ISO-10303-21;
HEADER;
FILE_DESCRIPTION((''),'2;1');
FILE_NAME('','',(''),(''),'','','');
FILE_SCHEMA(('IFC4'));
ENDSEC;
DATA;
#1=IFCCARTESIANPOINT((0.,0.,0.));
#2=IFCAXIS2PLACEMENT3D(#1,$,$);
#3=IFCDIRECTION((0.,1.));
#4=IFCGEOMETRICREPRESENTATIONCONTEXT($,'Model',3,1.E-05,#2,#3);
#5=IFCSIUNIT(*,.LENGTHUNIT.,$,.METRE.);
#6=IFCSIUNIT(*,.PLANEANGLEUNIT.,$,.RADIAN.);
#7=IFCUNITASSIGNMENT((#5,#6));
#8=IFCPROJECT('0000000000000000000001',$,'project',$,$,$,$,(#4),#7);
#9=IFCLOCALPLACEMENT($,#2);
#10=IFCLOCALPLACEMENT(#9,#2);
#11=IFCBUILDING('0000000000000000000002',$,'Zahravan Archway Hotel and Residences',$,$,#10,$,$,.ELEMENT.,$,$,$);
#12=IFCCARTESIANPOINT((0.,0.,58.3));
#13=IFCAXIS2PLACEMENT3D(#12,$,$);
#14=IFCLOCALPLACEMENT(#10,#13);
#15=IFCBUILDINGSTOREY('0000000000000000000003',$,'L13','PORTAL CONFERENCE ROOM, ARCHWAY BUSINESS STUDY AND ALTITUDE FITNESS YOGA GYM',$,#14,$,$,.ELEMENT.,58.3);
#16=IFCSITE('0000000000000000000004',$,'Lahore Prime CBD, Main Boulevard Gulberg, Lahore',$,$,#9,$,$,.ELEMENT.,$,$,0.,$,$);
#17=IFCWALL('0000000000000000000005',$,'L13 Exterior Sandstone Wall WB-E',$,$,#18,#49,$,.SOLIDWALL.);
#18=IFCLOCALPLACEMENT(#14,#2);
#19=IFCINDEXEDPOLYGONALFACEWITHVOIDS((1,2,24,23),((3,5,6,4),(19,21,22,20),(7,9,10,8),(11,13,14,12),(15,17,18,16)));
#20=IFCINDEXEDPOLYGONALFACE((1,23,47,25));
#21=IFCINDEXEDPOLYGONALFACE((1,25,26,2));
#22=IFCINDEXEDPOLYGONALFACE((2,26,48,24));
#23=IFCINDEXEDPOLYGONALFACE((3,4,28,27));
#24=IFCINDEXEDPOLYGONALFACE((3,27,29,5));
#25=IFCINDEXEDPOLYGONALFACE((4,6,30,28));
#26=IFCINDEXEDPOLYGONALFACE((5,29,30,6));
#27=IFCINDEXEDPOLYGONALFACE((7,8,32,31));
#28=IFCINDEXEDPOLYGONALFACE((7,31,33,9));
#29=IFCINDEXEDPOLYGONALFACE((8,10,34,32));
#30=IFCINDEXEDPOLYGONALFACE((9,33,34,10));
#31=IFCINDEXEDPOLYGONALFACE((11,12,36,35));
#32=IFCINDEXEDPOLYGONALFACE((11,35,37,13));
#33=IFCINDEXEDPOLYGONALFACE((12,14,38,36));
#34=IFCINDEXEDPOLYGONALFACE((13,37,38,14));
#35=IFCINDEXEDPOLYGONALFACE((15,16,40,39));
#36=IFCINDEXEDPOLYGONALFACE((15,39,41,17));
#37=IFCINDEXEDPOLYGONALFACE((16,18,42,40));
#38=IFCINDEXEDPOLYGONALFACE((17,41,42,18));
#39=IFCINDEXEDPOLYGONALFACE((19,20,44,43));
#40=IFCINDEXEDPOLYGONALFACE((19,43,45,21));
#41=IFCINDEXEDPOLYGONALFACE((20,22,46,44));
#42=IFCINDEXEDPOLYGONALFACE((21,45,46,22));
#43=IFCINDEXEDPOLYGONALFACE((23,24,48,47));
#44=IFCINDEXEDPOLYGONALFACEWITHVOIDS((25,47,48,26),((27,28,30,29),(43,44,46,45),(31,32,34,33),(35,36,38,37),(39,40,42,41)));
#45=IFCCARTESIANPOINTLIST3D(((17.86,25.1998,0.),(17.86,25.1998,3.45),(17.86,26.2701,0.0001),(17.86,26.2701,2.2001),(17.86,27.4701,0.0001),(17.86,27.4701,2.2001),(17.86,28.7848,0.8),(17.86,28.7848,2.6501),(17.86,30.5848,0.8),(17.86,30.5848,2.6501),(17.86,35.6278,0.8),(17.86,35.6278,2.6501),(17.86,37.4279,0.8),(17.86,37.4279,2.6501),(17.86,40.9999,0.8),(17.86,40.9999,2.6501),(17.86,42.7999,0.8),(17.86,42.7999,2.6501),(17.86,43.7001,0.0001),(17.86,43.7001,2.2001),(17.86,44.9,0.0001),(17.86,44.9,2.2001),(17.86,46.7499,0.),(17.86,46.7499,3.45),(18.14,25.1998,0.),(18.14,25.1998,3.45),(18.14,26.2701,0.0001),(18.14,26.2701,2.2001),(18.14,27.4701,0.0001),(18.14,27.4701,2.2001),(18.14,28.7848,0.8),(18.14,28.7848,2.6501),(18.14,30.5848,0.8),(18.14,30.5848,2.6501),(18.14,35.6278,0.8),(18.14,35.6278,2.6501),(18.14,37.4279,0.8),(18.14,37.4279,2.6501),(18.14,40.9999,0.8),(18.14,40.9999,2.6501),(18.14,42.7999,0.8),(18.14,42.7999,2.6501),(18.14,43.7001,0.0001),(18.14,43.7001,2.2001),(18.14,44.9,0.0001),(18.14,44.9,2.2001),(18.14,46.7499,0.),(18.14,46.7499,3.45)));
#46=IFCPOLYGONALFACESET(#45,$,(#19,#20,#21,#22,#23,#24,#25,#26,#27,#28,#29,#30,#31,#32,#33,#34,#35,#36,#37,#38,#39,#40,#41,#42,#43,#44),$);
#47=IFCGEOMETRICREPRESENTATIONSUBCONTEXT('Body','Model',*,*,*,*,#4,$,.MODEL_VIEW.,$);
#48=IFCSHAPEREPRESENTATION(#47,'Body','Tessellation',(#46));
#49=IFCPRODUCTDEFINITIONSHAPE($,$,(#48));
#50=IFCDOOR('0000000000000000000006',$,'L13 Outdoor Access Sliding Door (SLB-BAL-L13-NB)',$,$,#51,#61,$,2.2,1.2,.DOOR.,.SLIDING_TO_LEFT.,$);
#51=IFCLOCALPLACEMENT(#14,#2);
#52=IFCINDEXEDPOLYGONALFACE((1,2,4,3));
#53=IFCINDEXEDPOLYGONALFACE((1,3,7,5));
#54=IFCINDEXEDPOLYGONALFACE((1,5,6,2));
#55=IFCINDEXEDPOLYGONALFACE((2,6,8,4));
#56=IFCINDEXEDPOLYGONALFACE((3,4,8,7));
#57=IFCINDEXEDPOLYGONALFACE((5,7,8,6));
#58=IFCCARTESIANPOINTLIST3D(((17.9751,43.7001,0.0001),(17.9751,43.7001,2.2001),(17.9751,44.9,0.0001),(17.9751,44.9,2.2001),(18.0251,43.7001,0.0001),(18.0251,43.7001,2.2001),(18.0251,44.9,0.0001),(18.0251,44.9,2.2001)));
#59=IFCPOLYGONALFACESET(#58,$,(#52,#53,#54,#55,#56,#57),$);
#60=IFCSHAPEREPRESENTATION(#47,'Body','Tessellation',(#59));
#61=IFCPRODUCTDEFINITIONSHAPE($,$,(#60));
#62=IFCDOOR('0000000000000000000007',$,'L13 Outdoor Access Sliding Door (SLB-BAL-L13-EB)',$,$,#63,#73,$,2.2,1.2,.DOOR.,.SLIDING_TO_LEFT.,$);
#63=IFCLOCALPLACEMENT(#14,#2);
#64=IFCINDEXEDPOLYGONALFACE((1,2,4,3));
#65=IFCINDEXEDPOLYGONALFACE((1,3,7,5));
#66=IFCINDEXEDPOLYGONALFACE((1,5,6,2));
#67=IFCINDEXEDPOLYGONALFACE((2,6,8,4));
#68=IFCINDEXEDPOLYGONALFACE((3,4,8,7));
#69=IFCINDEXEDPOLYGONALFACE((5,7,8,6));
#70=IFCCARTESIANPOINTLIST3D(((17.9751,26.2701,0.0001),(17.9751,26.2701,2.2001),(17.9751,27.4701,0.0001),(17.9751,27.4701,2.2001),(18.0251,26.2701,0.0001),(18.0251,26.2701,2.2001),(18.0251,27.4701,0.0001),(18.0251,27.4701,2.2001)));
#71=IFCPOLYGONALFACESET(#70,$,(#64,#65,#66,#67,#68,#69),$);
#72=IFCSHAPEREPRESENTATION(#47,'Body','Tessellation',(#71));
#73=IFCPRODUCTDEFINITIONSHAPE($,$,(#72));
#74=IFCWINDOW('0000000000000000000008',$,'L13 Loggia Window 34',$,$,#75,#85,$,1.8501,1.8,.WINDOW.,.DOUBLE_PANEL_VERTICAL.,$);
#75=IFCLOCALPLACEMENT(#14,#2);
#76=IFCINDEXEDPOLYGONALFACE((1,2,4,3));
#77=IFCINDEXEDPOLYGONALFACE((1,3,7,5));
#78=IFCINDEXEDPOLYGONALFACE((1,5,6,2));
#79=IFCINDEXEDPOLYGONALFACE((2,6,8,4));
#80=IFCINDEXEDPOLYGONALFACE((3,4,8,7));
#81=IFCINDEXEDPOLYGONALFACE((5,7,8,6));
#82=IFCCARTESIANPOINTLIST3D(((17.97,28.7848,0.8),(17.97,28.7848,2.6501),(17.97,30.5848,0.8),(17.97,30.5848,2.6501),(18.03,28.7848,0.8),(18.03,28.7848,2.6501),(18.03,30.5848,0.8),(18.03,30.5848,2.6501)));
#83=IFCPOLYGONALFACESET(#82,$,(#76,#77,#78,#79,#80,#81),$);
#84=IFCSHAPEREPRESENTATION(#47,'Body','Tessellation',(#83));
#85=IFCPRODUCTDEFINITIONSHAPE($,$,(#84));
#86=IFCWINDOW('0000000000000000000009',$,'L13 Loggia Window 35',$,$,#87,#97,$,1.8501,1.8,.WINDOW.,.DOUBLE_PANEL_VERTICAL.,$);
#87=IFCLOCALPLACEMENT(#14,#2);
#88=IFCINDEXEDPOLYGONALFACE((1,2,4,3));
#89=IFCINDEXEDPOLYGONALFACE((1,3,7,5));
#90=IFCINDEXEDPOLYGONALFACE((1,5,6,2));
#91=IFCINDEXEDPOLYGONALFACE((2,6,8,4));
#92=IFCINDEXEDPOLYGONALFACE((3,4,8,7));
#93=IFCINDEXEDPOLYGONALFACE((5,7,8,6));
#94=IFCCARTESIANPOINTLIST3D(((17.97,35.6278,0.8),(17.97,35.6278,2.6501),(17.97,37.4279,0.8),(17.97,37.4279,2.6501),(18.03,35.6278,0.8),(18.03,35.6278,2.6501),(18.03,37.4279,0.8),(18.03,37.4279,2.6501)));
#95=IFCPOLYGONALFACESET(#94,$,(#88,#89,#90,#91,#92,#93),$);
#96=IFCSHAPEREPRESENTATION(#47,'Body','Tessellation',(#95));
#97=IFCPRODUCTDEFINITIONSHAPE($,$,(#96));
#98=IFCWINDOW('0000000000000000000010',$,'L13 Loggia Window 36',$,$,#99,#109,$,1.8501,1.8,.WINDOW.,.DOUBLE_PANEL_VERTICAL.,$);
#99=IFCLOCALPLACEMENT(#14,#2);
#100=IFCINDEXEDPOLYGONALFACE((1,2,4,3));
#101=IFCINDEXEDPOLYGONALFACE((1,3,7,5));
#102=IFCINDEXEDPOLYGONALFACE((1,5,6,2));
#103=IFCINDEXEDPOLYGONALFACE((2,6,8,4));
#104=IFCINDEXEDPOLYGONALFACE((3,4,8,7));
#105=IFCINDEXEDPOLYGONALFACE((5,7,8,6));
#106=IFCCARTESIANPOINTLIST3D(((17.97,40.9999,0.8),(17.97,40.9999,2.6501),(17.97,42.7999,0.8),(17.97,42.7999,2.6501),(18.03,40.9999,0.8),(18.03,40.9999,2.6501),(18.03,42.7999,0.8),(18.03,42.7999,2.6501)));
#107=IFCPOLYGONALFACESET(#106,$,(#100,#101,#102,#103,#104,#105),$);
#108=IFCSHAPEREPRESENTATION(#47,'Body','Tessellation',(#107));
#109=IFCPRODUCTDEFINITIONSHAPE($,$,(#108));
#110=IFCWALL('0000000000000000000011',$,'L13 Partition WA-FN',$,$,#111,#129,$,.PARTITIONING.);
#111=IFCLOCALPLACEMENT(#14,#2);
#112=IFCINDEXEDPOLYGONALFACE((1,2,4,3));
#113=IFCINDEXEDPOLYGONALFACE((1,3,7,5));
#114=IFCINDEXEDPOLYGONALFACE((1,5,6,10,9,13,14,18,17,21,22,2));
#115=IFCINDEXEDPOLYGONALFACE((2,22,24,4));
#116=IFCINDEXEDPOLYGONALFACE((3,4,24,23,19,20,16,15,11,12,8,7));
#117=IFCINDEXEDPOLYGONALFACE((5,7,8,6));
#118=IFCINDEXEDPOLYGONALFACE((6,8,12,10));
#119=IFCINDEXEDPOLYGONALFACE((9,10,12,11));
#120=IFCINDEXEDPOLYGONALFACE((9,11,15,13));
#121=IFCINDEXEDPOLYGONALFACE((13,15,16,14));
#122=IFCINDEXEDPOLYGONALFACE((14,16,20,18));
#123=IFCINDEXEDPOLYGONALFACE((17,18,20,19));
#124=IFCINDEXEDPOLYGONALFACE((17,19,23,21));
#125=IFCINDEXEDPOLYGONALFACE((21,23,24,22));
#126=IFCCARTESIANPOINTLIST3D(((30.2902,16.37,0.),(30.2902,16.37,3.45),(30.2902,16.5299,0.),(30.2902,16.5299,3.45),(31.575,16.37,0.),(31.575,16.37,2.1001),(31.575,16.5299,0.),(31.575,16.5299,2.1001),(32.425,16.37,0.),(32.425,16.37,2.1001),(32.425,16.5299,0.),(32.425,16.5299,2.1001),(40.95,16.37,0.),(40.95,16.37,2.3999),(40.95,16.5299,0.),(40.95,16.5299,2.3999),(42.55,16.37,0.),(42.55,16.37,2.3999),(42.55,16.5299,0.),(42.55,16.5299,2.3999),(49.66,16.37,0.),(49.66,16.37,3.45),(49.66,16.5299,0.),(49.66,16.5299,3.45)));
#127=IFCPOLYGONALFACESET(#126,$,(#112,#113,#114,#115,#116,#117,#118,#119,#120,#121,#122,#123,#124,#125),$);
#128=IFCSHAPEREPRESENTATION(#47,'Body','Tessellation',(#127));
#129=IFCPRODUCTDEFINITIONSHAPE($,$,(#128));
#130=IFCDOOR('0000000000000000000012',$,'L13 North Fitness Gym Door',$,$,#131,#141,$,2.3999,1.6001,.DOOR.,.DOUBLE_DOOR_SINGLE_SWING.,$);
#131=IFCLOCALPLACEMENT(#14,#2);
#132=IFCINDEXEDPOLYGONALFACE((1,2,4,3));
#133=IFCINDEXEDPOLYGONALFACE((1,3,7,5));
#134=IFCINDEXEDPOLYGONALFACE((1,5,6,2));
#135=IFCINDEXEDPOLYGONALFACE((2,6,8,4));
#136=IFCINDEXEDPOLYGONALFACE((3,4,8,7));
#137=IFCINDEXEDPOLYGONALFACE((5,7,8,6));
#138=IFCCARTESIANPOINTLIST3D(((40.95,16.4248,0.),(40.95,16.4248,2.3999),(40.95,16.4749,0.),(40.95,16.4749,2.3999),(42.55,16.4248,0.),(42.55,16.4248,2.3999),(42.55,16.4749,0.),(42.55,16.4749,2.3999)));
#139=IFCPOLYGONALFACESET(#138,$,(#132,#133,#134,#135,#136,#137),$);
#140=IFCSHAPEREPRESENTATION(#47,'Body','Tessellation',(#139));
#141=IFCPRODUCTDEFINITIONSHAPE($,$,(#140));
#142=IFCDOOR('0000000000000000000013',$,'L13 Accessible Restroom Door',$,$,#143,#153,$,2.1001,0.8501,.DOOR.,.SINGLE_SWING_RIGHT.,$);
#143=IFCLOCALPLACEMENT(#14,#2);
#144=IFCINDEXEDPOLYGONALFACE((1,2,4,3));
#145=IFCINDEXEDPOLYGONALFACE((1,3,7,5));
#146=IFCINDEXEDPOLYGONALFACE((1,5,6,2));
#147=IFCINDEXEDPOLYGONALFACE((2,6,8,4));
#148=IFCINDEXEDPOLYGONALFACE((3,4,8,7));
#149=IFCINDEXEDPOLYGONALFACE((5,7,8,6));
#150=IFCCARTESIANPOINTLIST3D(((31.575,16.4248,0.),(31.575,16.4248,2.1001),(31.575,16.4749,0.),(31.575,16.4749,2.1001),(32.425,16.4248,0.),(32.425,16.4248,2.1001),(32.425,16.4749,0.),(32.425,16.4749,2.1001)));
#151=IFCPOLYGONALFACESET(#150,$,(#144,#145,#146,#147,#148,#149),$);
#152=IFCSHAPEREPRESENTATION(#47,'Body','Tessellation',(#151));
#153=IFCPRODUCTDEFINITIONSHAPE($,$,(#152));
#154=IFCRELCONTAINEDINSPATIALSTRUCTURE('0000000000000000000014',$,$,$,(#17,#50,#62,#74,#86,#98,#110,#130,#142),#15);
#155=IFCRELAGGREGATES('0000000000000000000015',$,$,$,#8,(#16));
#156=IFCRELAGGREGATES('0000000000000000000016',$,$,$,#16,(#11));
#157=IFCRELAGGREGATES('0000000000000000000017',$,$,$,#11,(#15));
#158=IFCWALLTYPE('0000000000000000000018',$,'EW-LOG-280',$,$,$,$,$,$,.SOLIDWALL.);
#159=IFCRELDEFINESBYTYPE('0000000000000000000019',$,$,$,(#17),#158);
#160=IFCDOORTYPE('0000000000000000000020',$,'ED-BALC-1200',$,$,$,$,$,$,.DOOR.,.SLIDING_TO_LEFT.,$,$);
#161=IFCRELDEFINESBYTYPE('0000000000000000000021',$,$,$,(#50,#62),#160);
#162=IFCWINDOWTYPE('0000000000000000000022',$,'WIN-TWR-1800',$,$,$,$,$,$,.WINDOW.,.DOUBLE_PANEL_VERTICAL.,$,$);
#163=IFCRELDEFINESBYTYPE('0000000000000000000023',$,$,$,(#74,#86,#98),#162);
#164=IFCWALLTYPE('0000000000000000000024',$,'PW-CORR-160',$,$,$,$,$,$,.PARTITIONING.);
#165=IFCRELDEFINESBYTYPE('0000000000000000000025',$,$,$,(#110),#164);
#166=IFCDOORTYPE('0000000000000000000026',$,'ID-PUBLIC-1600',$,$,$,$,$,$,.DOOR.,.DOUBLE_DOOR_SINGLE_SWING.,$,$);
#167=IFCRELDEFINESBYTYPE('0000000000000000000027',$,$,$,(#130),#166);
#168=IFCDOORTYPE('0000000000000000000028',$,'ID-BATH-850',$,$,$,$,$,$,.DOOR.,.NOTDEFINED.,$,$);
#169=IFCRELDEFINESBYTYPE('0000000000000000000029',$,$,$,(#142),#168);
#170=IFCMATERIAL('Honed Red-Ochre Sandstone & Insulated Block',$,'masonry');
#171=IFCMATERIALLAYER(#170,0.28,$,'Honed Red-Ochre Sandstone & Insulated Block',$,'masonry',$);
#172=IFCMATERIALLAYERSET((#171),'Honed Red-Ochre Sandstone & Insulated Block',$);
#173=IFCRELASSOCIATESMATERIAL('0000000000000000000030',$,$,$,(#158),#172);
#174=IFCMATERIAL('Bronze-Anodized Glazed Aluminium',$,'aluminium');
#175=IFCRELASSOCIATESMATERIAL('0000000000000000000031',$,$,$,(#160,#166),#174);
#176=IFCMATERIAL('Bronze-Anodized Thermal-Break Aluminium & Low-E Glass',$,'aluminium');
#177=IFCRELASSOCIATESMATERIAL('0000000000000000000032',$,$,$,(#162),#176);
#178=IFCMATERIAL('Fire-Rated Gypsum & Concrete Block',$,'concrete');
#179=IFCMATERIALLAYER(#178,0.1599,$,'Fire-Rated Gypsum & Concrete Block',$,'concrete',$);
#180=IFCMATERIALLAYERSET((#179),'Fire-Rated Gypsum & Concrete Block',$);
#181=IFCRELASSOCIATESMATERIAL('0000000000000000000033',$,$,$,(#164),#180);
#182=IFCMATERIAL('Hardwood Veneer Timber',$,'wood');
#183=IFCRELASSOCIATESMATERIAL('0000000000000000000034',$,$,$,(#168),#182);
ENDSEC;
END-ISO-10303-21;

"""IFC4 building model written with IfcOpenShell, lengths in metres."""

from ifc_helpers import new_model, si_unit, direction, frame, frame_2d, origin, place, context, subcontext, project, spatial, rectangle, extrude, source, transform, mapped, material, layer, layer_set, type_object, type_shapes, element, fill, save


model = new_model("IFC4")

# Units and contexts
model_context = context("Model", 3, precision=1e-05, world=origin(), true_north=direction((0.0, 1.0)))
body_context = subcontext(model_context, "Body", "Model", "MODEL_VIEW")
ifc_project = project(units=[si_unit("LENGTHUNIT", "METRE"), si_unit("PLANEANGLEUNIT", "RADIAN")], contexts=[model_context])

# Site, building, storey
site_placement = place(None, origin())
site = spatial("IfcSite", under=ifc_project, at=site_placement, Name="Lahore Prime CBD, Main Boulevard Gulberg, Lahore", CompositionType="ELEMENT", RefElevation=0.0)
building_placement = place(site_placement, origin())
building = spatial("IfcBuilding", under=site, at=building_placement, Name="Zahravan Archway Hotel and Residences", CompositionType="ELEMENT")
storey_placement = place(building_placement, frame((0.0, 0.0, 58.3)))
storey = spatial("IfcBuildingStorey", under=building, at=storey_placement, Name="L13", Description="PORTAL CONFERENCE ROOM, ARCHWAY BUSINESS STUDY AND ALTITUDE FITNESS YOGA GYM", CompositionType="ELEMENT", Elevation=58.3)

# Wall, openings, doors, windows
ifc_material_1 = material(Name="Honed Red-Ochre Sandstone & Insulated Block", Category="masonry")
ifc_layer_1 = layer(ifc_material_1, 0.28, Name="Honed Red-Ochre Sandstone & Insulated Block", Category="masonry")
ifc_layer_set_1 = layer_set([ifc_layer_1], Name="Honed Red-Ochre Sandstone & Insulated Block")
wall_type_1 = type_object("IfcWallType", Name="EW-LOG-280", PredefinedType="SOLIDWALL", material=ifc_layer_set_1)
wall_1_placement = place(storey_placement, frame((18.0, 25.2, 0.0), z_axis=(0.0, 0.0, 1.0), x_axis=(0.0, 1.0, 0.0)))
wall_1 = element("IfcWall", 1, at=wall_1_placement, inside=storey, type_object=wall_type_1, Name="L13 Exterior Sandstone Wall WB-E", PredefinedType="SOLIDWALL", context=body_context, shape_type="SweptSolid", body=[
    extrude(rectangle(XDim=21.55, YDim=0.28, at=frame_2d((10.7749, 0.0))), origin(), (0.0, 0.0, 1.0), 3.45),
])
opening_1_placement = place(wall_1_placement, frame((18.5, 0.0, 0.0)))
opening_1 = element("IfcOpeningElement", 2, at=opening_1_placement, cuts=wall_1, PredefinedType="OPENING", context=body_context, shape_type="SweptSolid", body=[
    extrude(rectangle(XDim=1.2, YDim=2.2, at=frame_2d((0.6001, 1.1001))), frame((0.0, 0.1499, 0.0), z_axis=(0.0, -1.0, 0.0), x_axis=(1.0, 0.0, 0.0)), (0.0, 0.0, 1.0), 0.3),
])
opening_2_placement = place(wall_1_placement, frame((1.0701, 0.0, 0.0)))
opening_2 = element("IfcOpeningElement", 3, at=opening_2_placement, cuts=wall_1, PredefinedType="OPENING", context=body_context, shape_type="SweptSolid", body=[
    extrude(rectangle(XDim=1.2, YDim=2.2, at=frame_2d((0.6001, 1.1001))), frame((0.0, 0.1499, 0.0), z_axis=(0.0, -1.0, 0.0), x_axis=(1.0, 0.0, 0.0)), (0.0, 0.0, 1.0), 0.3),
])
opening_3_placement = place(wall_1_placement, frame((3.585, 0.0, 0.8)))
opening_3 = element("IfcOpeningElement", 4, at=opening_3_placement, cuts=wall_1, PredefinedType="OPENING", context=body_context, shape_type="SweptSolid", body=[
    extrude(rectangle(XDim=1.8, YDim=1.8501, at=frame_2d((0.8999, 0.925))), frame((0.0, 0.1499, 0.0), z_axis=(0.0, -1.0, 0.0), x_axis=(1.0, 0.0, 0.0)), (0.0, 0.0, 1.0), 0.3),
])
opening_4_placement = place(wall_1_placement, frame((10.428, 0.0, 0.8)))
opening_4 = element("IfcOpeningElement", 5, at=opening_4_placement, cuts=wall_1, PredefinedType="OPENING", context=body_context, shape_type="SweptSolid", body=[
    extrude(rectangle(XDim=1.8, YDim=1.8501, at=frame_2d((0.8999, 0.925))), frame((0.0, 0.1499, 0.0), z_axis=(0.0, -1.0, 0.0), x_axis=(1.0, 0.0, 0.0)), (0.0, 0.0, 1.0), 0.3),
])
opening_5_placement = place(wall_1_placement, frame((15.8, 0.0, 0.8)))
opening_5 = element("IfcOpeningElement", 6, at=opening_5_placement, cuts=wall_1, PredefinedType="OPENING", context=body_context, shape_type="SweptSolid", body=[
    extrude(rectangle(XDim=1.8, YDim=1.8501, at=frame_2d((0.8999, 0.925))), frame((0.0, 0.1499, 0.0), z_axis=(0.0, -1.0, 0.0), x_axis=(1.0, 0.0, 0.0)), (0.0, 0.0, 1.0), 0.3),
])
ifc_material_2 = material(Name="Bronze-Anodized Glazed Aluminium", Category="aluminium")
door_type_1 = type_object("IfcDoorType", Name="ED-BALC-1200", OperationType="SLIDING_TO_LEFT", PredefinedType="DOOR", material=ifc_material_2)
shared_shape_1 = source(origin(), body_context, "Body", "SweptSolid", [
    extrude(rectangle(XDim=1.2, YDim=2.2, at=frame_2d((0.6001, 1.1001))), frame((0.0, 0.0249, 0.0), z_axis=(0.0, -1.0, 0.0), x_axis=(1.0, 0.0, 0.0)), (0.0, 0.0, 1.0), 0.05),
])
type_shapes(door_type_1, [shared_shape_1])
door_1_placement = place(opening_1_placement, origin())
door_1 = element("IfcDoor", 7, at=door_1_placement, inside=storey, type_object=door_type_1, Name="L13 Outdoor Access Sliding Door (SLB-BAL-L13-NB)", OperationType="SLIDING_TO_LEFT", OverallHeight=2.2, OverallWidth=1.2, PredefinedType="DOOR", context=body_context, shape_type="MappedRepresentation", body=[
    mapped(shared_shape_1, transform((0.0, 0.0, 0.0), scale=1.0)),
])
fill(opening_1, door_1)
door_2_placement = place(opening_2_placement, origin())
door_2 = element("IfcDoor", 8, at=door_2_placement, inside=storey, type_object=door_type_1, Name="L13 Outdoor Access Sliding Door (SLB-BAL-L13-EB)", OperationType="SLIDING_TO_LEFT", OverallHeight=2.2, OverallWidth=1.2, PredefinedType="DOOR", context=body_context, shape_type="MappedRepresentation", body=[
    mapped(shared_shape_1, transform((0.0, 0.0, 0.0), scale=1.0)),
])
fill(opening_2, door_2)
ifc_material_3 = material(Name="Bronze-Anodized Thermal-Break Aluminium & Low-E Glass", Category="aluminium")
window_type = type_object("IfcWindowType", Name="WIN-TWR-1800", PartitioningType="DOUBLE_PANEL_VERTICAL", PredefinedType="WINDOW", material=ifc_material_3)
shared_shape_2 = source(origin(), body_context, "Body", "SweptSolid", [
    extrude(rectangle(XDim=1.8, YDim=1.8501, at=frame_2d((0.8999, 0.925))), frame((0.0, 0.03, 0.0), z_axis=(0.0, -1.0, 0.0), x_axis=(1.0, 0.0, 0.0)), (0.0, 0.0, 1.0), 0.0601),
])
type_shapes(window_type, [shared_shape_2])
window_1_placement = place(opening_3_placement, origin())
window_1 = element("IfcWindow", 9, at=window_1_placement, inside=storey, type_object=window_type, Name="L13 Loggia Window 34", OverallHeight=1.8501, OverallWidth=1.8, PartitioningType="DOUBLE_PANEL_VERTICAL", PredefinedType="WINDOW", context=body_context, shape_type="MappedRepresentation", body=[
    mapped(shared_shape_2, transform((0.0, 0.0, 0.0), scale=1.0)),
])
fill(opening_3, window_1)
window_2_placement = place(opening_4_placement, origin())
window_2 = element("IfcWindow", 10, at=window_2_placement, inside=storey, type_object=window_type, Name="L13 Loggia Window 35", OverallHeight=1.8501, OverallWidth=1.8, PartitioningType="DOUBLE_PANEL_VERTICAL", PredefinedType="WINDOW", context=body_context, shape_type="MappedRepresentation", body=[
    mapped(shared_shape_2, transform((0.0, 0.0, 0.0), scale=1.0)),
])
fill(opening_4, window_2)
window_3_placement = place(opening_5_placement, origin())
window_3 = element("IfcWindow", 11, at=window_3_placement, inside=storey, type_object=window_type, Name="L13 Loggia Window 36", OverallHeight=1.8501, OverallWidth=1.8, PartitioningType="DOUBLE_PANEL_VERTICAL", PredefinedType="WINDOW", context=body_context, shape_type="MappedRepresentation", body=[
    mapped(shared_shape_2, transform((0.0, 0.0, 0.0), scale=1.0)),
])
fill(opening_5, window_3)

# Wall, openings, doors
ifc_material_4 = material(Name="Fire-Rated Gypsum & Concrete Block", Category="concrete")
ifc_layer_2 = layer(ifc_material_4, 0.1599, Name="Fire-Rated Gypsum & Concrete Block", Category="concrete")
ifc_layer_set_2 = layer_set([ifc_layer_2], Name="Fire-Rated Gypsum & Concrete Block")
wall_type_2 = type_object("IfcWallType", Name="PW-CORR-160", PredefinedType="PARTITIONING", material=ifc_layer_set_2)
wall_2_placement = place(storey_placement, frame((30.29, 16.45, 0.0), z_axis=(0.0, 0.0, 1.0), x_axis=(1.0, 0.0, 0.0)))
wall_2 = element("IfcWall", 12, at=wall_2_placement, inside=storey, type_object=wall_type_2, Name="L13 Partition WA-FN", PredefinedType="PARTITIONING", context=body_context, shape_type="SweptSolid", body=[
    extrude(rectangle(XDim=19.3699, YDim=0.1599, at=frame_2d((9.6851, 0.0))), origin(), (0.0, 0.0, 1.0), 3.45),
])
opening_6_placement = place(wall_2_placement, frame((1.2849, 0.0, 0.0)))
opening_6 = element("IfcOpeningElement", 13, at=opening_6_placement, cuts=wall_2, PredefinedType="OPENING", context=body_context, shape_type="SweptSolid", body=[
    extrude(rectangle(XDim=0.8501, YDim=2.1001, at=frame_2d((0.425, 1.05))), frame((0.0, 0.0898, 0.0), z_axis=(0.0, -1.0, 0.0), x_axis=(1.0, 0.0, 0.0)), (0.0, 0.0, 1.0), 0.1799),
])
opening_7_placement = place(wall_2_placement, frame((10.6599, 0.0, 0.0)))
opening_7 = element("IfcOpeningElement", 14, at=opening_7_placement, cuts=wall_2, PredefinedType="OPENING", context=body_context, shape_type="SweptSolid", body=[
    extrude(rectangle(XDim=1.6001, YDim=2.3999, at=frame_2d((0.8, 1.2))), frame((0.0, 0.0898, 0.0), z_axis=(0.0, -1.0, 0.0), x_axis=(1.0, 0.0, 0.0)), (0.0, 0.0, 1.0), 0.1799),
])
door_type_2 = type_object("IfcDoorType", Name="ID-PUBLIC-1600", OperationType="DOUBLE_DOOR_SINGLE_SWING", PredefinedType="DOOR", material=ifc_material_2)
shared_shape_3 = source(origin(), body_context, "Body", "SweptSolid", [
    extrude(rectangle(XDim=1.6001, YDim=2.3999, at=frame_2d((0.8, 1.2))), frame((0.0, 0.0249, 0.0), z_axis=(0.0, -1.0, 0.0), x_axis=(1.0, 0.0, 0.0)), (0.0, 0.0, 1.0), 0.05),
])
type_shapes(door_type_2, [shared_shape_3])
door_3_placement = place(opening_7_placement, origin())
door_3 = element("IfcDoor", 15, at=door_3_placement, inside=storey, type_object=door_type_2, Name="L13 North Fitness Gym Door", OperationType="DOUBLE_DOOR_SINGLE_SWING", OverallHeight=2.3999, OverallWidth=1.6001, PredefinedType="DOOR", context=body_context, shape_type="MappedRepresentation", body=[
    mapped(shared_shape_3, transform((0.0, 0.0, 0.0), scale=1.0)),
])
fill(opening_7, door_3)
ifc_material_5 = material(Name="Hardwood Veneer Timber", Category="wood")
door_type_3 = type_object("IfcDoorType", Name="ID-BATH-850", OperationType="NOTDEFINED", PredefinedType="DOOR", material=ifc_material_5)
shared_shape_4 = source(origin(), body_context, "Body", "SweptSolid", [
    extrude(rectangle(XDim=0.8501, YDim=2.1001, at=frame_2d((0.425, 1.05))), frame((0.0, 0.0249, 0.0), z_axis=(0.0, -1.0, 0.0), x_axis=(1.0, 0.0, 0.0)), (0.0, 0.0, 1.0), 0.05),
])
type_shapes(door_type_3, [shared_shape_4])
door_4_placement = place(opening_6_placement, origin())
door_4 = element("IfcDoor", 16, at=door_4_placement, inside=storey, type_object=door_type_3, Name="L13 Accessible Restroom Door", OperationType="SINGLE_SWING_RIGHT", OverallHeight=2.1001, OverallWidth=0.8501, PredefinedType="DOOR", context=body_context, shape_type="MappedRepresentation", body=[
    mapped(shared_shape_4, transform((0.0, 0.0, 0.0), scale=1.0)),
])
fill(opening_6, door_4)

save(model, "model.ifc")
